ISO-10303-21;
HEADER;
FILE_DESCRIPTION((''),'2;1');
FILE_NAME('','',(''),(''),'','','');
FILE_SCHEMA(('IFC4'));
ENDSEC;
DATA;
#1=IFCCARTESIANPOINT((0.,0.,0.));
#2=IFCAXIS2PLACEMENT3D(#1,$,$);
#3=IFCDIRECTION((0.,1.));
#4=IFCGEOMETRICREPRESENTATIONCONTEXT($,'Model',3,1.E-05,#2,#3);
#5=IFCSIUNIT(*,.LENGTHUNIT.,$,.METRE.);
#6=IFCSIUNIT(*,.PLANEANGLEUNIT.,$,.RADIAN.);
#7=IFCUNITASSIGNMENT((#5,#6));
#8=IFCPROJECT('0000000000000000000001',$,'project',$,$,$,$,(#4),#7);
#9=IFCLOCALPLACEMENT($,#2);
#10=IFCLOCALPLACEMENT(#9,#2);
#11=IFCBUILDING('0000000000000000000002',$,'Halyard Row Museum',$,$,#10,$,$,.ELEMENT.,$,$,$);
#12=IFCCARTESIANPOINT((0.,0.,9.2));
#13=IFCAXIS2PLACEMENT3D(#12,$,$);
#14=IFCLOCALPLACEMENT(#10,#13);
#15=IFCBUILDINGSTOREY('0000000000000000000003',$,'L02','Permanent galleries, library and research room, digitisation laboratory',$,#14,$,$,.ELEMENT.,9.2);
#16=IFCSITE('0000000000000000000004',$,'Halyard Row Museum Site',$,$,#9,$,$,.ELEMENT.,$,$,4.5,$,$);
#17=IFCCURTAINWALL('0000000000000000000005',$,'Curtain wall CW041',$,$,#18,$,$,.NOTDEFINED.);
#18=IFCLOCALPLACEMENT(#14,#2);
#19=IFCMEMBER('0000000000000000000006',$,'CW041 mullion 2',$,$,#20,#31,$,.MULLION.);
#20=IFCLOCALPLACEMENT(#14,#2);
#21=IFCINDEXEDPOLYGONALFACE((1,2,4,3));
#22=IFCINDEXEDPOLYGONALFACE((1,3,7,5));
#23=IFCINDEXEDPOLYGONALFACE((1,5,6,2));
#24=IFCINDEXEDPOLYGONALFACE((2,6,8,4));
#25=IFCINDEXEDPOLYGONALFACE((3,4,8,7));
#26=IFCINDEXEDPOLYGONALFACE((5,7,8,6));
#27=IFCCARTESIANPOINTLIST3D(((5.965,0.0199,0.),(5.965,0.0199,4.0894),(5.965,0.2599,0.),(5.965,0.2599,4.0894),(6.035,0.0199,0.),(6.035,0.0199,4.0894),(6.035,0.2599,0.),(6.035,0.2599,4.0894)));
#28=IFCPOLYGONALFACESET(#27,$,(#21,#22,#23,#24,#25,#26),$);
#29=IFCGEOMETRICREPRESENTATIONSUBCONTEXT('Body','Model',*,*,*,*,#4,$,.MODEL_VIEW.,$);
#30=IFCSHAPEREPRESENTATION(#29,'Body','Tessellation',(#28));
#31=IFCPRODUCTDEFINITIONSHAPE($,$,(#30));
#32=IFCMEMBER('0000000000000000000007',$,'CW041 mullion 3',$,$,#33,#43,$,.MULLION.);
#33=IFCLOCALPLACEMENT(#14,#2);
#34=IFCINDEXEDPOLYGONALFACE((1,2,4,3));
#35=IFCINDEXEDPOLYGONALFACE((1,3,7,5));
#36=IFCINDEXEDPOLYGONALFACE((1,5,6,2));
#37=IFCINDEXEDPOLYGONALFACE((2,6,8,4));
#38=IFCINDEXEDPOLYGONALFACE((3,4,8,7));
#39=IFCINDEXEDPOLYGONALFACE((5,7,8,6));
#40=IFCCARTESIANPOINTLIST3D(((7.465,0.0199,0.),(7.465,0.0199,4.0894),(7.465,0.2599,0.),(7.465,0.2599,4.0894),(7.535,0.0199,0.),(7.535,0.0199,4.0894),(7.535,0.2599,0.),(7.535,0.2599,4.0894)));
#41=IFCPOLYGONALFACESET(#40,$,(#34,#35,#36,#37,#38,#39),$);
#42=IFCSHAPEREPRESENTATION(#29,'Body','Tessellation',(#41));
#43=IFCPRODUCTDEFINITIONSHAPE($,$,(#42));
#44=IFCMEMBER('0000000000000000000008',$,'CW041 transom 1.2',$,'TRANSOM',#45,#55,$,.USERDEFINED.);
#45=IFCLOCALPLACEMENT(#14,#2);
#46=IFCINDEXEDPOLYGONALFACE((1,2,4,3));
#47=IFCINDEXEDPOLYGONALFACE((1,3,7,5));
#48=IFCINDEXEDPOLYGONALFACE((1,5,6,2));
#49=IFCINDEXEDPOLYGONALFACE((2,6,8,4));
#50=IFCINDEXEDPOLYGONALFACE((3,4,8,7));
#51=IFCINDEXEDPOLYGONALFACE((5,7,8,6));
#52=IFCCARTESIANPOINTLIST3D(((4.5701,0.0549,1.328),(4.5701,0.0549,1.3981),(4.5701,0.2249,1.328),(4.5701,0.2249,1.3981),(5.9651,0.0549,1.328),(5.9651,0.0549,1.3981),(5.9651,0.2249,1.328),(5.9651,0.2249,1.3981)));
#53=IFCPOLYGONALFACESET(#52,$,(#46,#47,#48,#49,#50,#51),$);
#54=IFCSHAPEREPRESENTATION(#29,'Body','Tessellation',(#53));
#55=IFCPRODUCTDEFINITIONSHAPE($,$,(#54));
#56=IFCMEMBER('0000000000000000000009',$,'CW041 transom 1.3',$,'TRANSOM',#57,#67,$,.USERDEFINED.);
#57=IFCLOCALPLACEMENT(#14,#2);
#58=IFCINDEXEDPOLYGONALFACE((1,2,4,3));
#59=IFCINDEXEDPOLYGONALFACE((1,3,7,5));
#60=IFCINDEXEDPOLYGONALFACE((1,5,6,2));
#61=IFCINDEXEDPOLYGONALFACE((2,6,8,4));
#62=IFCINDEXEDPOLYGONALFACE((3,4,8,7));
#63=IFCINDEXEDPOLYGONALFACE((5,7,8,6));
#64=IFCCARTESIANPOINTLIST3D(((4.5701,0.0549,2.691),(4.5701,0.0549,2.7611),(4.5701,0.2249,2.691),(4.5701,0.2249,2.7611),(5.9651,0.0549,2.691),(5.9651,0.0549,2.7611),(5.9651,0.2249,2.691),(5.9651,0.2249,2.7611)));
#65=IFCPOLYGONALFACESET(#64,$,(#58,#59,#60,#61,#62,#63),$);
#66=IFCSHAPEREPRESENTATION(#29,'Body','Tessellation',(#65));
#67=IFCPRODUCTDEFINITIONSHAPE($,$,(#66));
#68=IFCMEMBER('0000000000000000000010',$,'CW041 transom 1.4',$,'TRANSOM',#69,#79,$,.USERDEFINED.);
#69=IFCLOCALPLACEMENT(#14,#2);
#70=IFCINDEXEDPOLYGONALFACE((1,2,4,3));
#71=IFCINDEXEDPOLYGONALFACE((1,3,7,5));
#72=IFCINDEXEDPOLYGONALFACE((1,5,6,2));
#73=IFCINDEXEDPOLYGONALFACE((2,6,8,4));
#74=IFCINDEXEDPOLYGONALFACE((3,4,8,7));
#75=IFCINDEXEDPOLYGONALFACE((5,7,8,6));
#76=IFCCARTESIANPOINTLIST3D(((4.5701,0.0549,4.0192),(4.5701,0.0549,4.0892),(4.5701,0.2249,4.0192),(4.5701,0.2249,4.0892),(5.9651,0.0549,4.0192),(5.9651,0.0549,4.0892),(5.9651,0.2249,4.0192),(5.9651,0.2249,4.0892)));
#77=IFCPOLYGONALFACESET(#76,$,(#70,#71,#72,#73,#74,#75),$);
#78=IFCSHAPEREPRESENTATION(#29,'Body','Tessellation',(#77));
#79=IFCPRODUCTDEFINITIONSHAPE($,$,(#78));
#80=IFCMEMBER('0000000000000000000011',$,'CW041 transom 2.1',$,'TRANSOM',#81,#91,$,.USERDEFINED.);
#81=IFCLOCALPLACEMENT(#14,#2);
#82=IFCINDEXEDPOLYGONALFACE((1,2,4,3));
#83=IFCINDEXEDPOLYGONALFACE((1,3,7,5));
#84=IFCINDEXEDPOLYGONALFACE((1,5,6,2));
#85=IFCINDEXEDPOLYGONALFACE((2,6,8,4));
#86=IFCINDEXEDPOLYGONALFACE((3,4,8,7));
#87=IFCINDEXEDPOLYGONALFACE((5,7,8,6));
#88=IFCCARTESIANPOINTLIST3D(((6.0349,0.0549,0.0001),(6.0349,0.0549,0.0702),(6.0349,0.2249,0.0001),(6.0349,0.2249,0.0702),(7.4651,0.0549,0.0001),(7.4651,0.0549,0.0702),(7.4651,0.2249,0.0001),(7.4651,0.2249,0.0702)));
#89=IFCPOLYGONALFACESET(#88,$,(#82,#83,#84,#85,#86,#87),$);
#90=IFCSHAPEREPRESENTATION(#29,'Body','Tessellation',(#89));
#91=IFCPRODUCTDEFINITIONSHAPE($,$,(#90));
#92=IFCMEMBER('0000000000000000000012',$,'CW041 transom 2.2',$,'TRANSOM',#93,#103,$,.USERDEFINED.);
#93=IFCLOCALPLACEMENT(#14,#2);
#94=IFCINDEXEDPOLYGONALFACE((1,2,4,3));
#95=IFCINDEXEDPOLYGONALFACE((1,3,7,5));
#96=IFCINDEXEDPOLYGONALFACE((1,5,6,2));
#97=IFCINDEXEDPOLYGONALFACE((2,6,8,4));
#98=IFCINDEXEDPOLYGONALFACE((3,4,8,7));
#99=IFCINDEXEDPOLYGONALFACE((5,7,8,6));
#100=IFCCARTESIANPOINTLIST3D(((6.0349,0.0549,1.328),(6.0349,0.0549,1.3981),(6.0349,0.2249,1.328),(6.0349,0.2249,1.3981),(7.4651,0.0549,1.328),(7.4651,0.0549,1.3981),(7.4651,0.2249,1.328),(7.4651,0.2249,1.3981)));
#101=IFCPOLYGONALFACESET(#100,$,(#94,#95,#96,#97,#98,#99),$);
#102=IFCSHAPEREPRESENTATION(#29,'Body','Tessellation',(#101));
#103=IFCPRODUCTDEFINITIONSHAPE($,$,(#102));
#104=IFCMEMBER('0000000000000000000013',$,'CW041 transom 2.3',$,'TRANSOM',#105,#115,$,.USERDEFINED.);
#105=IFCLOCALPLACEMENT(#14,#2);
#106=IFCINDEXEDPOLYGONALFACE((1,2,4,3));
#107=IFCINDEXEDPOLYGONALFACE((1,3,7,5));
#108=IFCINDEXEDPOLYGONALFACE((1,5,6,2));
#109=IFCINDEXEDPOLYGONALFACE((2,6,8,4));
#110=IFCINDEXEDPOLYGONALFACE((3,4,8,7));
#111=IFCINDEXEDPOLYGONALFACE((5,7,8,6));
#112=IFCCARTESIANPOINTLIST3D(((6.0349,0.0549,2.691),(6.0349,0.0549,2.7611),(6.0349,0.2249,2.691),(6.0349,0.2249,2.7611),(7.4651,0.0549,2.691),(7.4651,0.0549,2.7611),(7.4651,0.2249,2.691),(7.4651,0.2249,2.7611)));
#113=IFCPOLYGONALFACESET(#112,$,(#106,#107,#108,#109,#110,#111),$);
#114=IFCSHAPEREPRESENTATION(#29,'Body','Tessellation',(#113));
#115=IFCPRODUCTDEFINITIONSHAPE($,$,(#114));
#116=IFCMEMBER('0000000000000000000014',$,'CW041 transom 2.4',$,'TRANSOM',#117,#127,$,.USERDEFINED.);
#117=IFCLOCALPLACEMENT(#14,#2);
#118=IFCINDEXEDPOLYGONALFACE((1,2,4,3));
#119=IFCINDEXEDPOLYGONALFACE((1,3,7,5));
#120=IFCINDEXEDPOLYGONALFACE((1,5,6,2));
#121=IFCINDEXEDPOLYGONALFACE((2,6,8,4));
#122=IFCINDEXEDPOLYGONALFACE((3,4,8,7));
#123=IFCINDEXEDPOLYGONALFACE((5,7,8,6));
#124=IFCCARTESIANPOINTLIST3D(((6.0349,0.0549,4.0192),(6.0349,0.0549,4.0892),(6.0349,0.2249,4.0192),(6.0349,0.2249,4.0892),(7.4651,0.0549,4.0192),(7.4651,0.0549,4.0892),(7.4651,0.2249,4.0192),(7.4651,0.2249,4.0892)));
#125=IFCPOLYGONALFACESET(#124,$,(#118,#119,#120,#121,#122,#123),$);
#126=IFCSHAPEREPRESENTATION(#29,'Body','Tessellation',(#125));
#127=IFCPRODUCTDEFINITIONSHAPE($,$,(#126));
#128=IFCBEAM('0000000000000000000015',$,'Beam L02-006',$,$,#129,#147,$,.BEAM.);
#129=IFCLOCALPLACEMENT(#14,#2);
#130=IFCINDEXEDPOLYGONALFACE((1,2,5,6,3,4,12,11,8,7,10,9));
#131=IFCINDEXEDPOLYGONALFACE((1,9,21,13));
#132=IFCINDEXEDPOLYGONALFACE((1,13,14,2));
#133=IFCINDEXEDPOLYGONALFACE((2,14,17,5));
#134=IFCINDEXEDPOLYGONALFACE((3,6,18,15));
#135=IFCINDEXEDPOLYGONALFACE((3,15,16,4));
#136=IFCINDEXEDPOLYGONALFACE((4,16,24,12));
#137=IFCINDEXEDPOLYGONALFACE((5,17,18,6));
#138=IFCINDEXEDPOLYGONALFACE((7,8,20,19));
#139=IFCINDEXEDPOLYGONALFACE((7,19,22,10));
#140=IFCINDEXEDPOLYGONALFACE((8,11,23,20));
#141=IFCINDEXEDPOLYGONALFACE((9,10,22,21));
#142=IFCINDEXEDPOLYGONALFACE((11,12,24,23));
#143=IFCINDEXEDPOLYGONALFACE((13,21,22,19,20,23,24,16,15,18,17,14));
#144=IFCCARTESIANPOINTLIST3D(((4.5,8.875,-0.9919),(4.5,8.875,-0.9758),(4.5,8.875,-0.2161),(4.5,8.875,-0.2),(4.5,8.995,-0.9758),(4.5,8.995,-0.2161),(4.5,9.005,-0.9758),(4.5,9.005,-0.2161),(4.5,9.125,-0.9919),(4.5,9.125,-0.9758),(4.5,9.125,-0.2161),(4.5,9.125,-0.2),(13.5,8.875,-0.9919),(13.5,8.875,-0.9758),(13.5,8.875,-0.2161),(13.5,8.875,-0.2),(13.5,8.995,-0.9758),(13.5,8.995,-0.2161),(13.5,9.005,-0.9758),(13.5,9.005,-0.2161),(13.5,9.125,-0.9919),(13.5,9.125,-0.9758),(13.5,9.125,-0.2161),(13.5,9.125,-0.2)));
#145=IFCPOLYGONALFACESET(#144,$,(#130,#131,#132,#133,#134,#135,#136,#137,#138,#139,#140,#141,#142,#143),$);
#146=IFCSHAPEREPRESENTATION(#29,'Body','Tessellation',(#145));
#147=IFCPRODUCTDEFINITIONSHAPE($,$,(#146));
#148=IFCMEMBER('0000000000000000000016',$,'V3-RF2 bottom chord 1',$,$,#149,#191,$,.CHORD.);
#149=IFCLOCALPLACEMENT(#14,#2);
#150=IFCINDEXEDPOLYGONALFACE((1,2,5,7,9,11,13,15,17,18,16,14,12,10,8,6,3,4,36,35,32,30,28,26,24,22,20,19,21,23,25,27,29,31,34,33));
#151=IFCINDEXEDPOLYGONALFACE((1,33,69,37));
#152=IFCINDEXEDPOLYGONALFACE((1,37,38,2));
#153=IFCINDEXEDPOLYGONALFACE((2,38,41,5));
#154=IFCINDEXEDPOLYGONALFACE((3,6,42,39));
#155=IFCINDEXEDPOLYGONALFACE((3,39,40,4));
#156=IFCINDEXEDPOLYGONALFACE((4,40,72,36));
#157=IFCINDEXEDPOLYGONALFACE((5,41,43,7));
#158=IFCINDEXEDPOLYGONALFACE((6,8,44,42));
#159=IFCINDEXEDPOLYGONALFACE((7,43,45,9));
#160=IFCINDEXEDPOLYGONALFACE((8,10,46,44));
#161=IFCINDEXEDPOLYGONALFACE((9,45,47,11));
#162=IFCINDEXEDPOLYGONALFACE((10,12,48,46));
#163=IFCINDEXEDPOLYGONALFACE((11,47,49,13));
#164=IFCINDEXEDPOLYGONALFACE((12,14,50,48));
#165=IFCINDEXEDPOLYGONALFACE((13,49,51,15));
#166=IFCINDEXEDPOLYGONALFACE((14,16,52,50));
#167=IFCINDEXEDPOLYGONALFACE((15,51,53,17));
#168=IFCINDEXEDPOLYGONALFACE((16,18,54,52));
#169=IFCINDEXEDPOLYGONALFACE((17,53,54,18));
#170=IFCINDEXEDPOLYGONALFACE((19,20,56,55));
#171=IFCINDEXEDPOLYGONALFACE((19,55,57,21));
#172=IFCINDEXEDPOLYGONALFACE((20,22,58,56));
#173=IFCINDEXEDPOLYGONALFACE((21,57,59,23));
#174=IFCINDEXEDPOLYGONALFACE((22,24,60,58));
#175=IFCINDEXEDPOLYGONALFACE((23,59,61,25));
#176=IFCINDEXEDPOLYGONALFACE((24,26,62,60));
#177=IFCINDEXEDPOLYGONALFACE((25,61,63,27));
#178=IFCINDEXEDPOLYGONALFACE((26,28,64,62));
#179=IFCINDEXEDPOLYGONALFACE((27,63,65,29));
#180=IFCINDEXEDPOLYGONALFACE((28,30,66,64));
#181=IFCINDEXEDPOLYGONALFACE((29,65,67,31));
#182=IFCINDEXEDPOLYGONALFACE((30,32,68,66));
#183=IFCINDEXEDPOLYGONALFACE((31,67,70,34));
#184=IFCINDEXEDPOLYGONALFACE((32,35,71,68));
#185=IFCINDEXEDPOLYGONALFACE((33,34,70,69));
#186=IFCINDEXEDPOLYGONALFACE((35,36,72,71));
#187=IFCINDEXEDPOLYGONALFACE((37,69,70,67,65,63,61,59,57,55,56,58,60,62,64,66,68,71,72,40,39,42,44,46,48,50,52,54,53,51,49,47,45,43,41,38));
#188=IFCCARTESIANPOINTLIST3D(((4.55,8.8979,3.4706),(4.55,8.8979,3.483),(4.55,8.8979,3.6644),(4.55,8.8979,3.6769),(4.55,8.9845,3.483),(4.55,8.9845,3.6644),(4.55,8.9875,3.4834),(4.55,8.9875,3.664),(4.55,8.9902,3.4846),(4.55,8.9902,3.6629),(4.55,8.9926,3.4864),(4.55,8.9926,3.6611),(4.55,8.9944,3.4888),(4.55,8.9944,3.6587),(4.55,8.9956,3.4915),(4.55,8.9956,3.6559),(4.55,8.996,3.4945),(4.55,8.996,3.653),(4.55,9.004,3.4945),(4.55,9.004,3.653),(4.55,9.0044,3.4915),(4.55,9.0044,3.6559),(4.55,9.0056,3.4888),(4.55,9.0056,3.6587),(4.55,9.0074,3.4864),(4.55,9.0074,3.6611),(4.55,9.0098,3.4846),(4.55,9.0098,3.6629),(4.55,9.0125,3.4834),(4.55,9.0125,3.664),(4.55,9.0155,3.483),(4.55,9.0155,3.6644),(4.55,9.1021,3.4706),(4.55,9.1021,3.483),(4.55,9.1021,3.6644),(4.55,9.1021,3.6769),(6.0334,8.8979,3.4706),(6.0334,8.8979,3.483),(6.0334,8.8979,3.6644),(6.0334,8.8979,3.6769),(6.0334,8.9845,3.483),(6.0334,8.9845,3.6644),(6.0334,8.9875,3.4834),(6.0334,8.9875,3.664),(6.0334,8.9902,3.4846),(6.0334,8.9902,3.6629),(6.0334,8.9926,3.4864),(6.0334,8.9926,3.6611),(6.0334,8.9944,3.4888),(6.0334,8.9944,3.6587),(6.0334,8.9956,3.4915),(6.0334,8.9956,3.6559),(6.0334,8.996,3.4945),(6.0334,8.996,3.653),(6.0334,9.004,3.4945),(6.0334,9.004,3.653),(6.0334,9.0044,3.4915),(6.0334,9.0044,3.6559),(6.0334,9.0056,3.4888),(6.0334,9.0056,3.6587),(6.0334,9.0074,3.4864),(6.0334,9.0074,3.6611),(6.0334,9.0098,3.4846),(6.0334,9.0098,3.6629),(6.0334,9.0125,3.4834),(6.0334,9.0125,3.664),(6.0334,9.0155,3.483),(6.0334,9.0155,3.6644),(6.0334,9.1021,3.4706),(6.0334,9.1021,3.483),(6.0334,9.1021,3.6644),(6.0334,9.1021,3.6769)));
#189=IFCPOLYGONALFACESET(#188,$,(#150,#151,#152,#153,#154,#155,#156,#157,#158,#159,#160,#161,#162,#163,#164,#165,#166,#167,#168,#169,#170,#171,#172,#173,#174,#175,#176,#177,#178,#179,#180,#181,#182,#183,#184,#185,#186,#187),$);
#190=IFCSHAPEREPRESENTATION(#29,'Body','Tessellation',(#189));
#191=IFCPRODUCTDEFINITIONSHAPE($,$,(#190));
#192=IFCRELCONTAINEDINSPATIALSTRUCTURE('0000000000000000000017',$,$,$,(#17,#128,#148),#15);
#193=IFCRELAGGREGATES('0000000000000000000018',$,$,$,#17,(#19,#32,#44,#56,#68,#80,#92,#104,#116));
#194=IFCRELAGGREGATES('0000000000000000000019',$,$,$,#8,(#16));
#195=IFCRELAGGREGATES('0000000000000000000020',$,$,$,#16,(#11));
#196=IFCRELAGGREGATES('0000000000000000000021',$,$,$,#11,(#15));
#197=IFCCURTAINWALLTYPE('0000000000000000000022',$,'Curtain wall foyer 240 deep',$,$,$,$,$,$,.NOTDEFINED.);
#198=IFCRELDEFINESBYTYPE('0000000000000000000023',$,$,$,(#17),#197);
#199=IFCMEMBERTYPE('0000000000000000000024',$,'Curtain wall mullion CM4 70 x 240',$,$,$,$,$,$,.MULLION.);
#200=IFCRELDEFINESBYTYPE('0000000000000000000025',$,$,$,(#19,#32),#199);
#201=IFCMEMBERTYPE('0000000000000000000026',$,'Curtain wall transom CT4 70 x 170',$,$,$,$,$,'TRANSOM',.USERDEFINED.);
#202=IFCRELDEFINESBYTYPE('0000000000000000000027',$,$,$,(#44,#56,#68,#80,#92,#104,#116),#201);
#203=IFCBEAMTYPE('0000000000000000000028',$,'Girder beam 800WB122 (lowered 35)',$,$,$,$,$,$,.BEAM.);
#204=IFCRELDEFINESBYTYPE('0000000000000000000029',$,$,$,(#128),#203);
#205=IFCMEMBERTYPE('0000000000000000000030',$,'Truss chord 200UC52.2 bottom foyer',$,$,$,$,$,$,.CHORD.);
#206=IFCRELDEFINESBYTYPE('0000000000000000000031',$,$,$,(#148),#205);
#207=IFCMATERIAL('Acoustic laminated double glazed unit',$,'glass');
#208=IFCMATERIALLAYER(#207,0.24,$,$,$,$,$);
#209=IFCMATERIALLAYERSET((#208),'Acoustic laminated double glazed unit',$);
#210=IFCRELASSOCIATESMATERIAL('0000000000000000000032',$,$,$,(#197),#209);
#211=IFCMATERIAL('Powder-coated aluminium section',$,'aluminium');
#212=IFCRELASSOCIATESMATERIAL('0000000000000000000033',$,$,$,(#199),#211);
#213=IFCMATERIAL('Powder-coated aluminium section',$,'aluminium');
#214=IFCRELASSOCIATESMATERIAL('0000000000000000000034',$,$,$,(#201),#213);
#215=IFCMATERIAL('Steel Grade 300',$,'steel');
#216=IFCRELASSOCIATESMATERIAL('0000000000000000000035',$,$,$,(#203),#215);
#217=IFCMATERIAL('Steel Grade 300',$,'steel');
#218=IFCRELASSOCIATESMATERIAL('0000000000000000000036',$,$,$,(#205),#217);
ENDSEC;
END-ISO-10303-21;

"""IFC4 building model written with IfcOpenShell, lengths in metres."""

from ifc_helpers import new_model, si_unit, direction, frame, origin, origin_2d, place, context, subcontext, project, spatial, rectangle, i_section, extrude, material, layer, layer_set, material_profile, profile_set, type_object, element, aggregate, save


model = new_model("IFC4")

# Units and contexts
model_context = context("Model", 3, precision=1e-05, world=origin(), true_north=direction((0.0, 1.0)))
body_context = subcontext(model_context, "Body", "Model", "MODEL_VIEW")
ifc_project = project(units=[si_unit("LENGTHUNIT", "METRE"), si_unit("PLANEANGLEUNIT", "RADIAN")], contexts=[model_context])

# Site, building, storey
site_placement = place(None, origin())
site = spatial("IfcSite", under=ifc_project, at=site_placement, Name="Halyard Row Museum Site", CompositionType="ELEMENT", RefElevation=4.5)
building_placement = place(site_placement, origin())
building = spatial("IfcBuilding", under=site, at=building_placement, Name="Halyard Row Museum", CompositionType="ELEMENT")
storey_placement = place(building_placement, frame((0.0, 0.0, 9.2)))
storey = spatial("IfcBuildingStorey", under=building, at=storey_placement, Name="L02", Description="Permanent galleries, library and research room, digitisation laboratory", CompositionType="ELEMENT", Elevation=9.2)

# Curtain wall, members
ifc_material_1 = material(Name="Acoustic laminated double glazed unit", Category="glass")
ifc_layer_1 = layer(ifc_material_1, 0.24)
ifc_layer_set_1 = layer_set([ifc_layer_1], Name="Acoustic laminated double glazed unit")
curtain_wall_type = type_object("IfcCurtainWallType", Name="Curtain wall foyer 240 deep", PredefinedType="NOTDEFINED", material=ifc_layer_set_1)
curtain_wall_placement = place(storey_placement, origin())
curtain_wall = element("IfcCurtainWall", 1, at=curtain_wall_placement, inside=storey, type_object=curtain_wall_type, Name="Curtain wall CW041", PredefinedType="NOTDEFINED")
ifc_material_2 = material(Name="Powder-coated aluminium section", Category="aluminium")
ifc_material_profile_1 = material_profile(ifc_material_2, rectangle(XDim=0.24, YDim=0.0701, at=origin_2d()), Name="240x70 mullion")
ifc_profile_set_1 = profile_set([ifc_material_profile_1], Name="Powder-coated aluminium section")
member_type_1 = type_object("IfcMemberType", Name="Curtain wall mullion CM4 70 x 240", PredefinedType="MULLION", material=ifc_profile_set_1)
member_1_placement = place(storey_placement, frame((6.0, 0.1399, 0.0), z_axis=(0.0, 0.0, 1.0), x_axis=(0.0, 1.0, 0.0)))
member_1 = element("IfcMember", 2, at=member_1_placement, type_object=member_type_1, Name="CW041 mullion 2", PredefinedType="MULLION", context=body_context, shape_type="SweptSolid", body=[
    extrude(rectangle(XDim=0.24, YDim=0.0701, at=origin_2d()), origin(), (0.0, 0.0, 1.0), 4.0894),
])
member_2_placement = place(storey_placement, frame((7.5, 0.1399, 0.0), z_axis=(0.0, 0.0, 1.0), x_axis=(0.0, 1.0, 0.0)))
member_2 = element("IfcMember", 3, at=member_2_placement, type_object=member_type_1, Name="CW041 mullion 3", PredefinedType="MULLION", context=body_context, shape_type="SweptSolid", body=[
    extrude(rectangle(XDim=0.24, YDim=0.0701, at=origin_2d()), origin(), (0.0, 0.0, 1.0), 4.0894),
])
ifc_material_3 = material(Name="Powder-coated aluminium section", Category="aluminium")
ifc_material_profile_2 = material_profile(ifc_material_3, rectangle(XDim=0.1699, YDim=0.0701, at=origin_2d()), Name="170x70 transom")
ifc_profile_set_2 = profile_set([ifc_material_profile_2], Name="Powder-coated aluminium section")
member_type_2 = type_object("IfcMemberType", Name="Curtain wall transom CT4 70 x 170", ElementType="TRANSOM", PredefinedType="USERDEFINED", material=ifc_profile_set_2)
member_3_placement = place(storey_placement, frame((4.5701, 0.1399, 1.363), z_axis=(1.0, 0.0, 0.0), x_axis=(0.0, 1.0, 0.0)))
member_3 = element("IfcMember", 4, at=member_3_placement, type_object=member_type_2, Name="CW041 transom 1.2", ObjectType="TRANSOM", PredefinedType="USERDEFINED", context=body_context, shape_type="SweptSolid", body=[
    extrude(rectangle(XDim=0.1699, YDim=0.0701, at=origin_2d()), origin(), (0.0, 0.0, 1.0), 1.395),
])
member_4_placement = place(storey_placement, frame((4.5701, 0.1399, 2.7261), z_axis=(1.0, 0.0, 0.0), x_axis=(0.0, 1.0, 0.0)))
member_4 = element("IfcMember", 5, at=member_4_placement, type_object=member_type_2, Name="CW041 transom 1.3", ObjectType="TRANSOM", PredefinedType="USERDEFINED", context=body_context, shape_type="SweptSolid", body=[
    extrude(rectangle(XDim=0.1699, YDim=0.0701, at=origin_2d()), origin(), (0.0, 0.0, 1.0), 1.395),
])
member_5_placement = place(storey_placement, frame((4.5701, 0.1399, 4.0542), z_axis=(1.0, 0.0, 0.0), x_axis=(0.0, 1.0, 0.0)))
member_5 = element("IfcMember", 6, at=member_5_placement, type_object=member_type_2, Name="CW041 transom 1.4", ObjectType="TRANSOM", PredefinedType="USERDEFINED", context=body_context, shape_type="SweptSolid", body=[
    extrude(rectangle(XDim=0.1699, YDim=0.0701, at=origin_2d()), origin(), (0.0, 0.0, 1.0), 1.395),
])
member_6_placement = place(storey_placement, frame((6.0349, 0.1399, 0.0352), z_axis=(1.0, 0.0, 0.0), x_axis=(0.0, 1.0, 0.0)))
member_6 = element("IfcMember", 7, at=member_6_placement, type_object=member_type_2, Name="CW041 transom 2.1", ObjectType="TRANSOM", PredefinedType="USERDEFINED", context=body_context, shape_type="SweptSolid", body=[
    extrude(rectangle(XDim=0.1699, YDim=0.0701, at=origin_2d()), origin(), (0.0, 0.0, 1.0), 1.4302),
])
member_7_placement = place(storey_placement, frame((6.0349, 0.1399, 1.363), z_axis=(1.0, 0.0, 0.0), x_axis=(0.0, 1.0, 0.0)))
member_7 = element("IfcMember", 8, at=member_7_placement, type_object=member_type_2, Name="CW041 transom 2.2", ObjectType="TRANSOM", PredefinedType="USERDEFINED", context=body_context, shape_type="SweptSolid", body=[
    extrude(rectangle(XDim=0.1699, YDim=0.0701, at=origin_2d()), origin(), (0.0, 0.0, 1.0), 1.4302),
])
member_8_placement = place(storey_placement, frame((6.0349, 0.1399, 2.7261), z_axis=(1.0, 0.0, 0.0), x_axis=(0.0, 1.0, 0.0)))
member_8 = element("IfcMember", 9, at=member_8_placement, type_object=member_type_2, Name="CW041 transom 2.3", ObjectType="TRANSOM", PredefinedType="USERDEFINED", context=body_context, shape_type="SweptSolid", body=[
    extrude(rectangle(XDim=0.1699, YDim=0.0701, at=origin_2d()), origin(), (0.0, 0.0, 1.0), 1.4302),
])
member_9_placement = place(storey_placement, frame((6.0349, 0.1399, 4.0542), z_axis=(1.0, 0.0, 0.0), x_axis=(0.0, 1.0, 0.0)))
member_9 = element("IfcMember", 10, at=member_9_placement, type_object=member_type_2, Name="CW041 transom 2.4", ObjectType="TRANSOM", PredefinedType="USERDEFINED", context=body_context, shape_type="SweptSolid", body=[
    extrude(rectangle(XDim=0.1699, YDim=0.0701, at=origin_2d()), origin(), (0.0, 0.0, 1.0), 1.4302),
])

# Beam
ifc_material_4 = material(Name="Steel Grade 300", Category="steel")
ifc_material_profile_3 = material_profile(ifc_material_4, i_section(OverallWidth=0.25, OverallDepth=0.792, WebThickness=0.01, FlangeThickness=0.0161, at=origin_2d()), Name="800WB122")
ifc_profile_set_3 = profile_set([ifc_material_profile_3], Name="Steel Grade 300")
beam_type = type_object("IfcBeamType", Name="Girder beam 800WB122 (lowered 35)", PredefinedType="BEAM", material=ifc_profile_set_3)
beam_placement = place(storey_placement, frame((4.5, 9.0, -0.5959), z_axis=(1.0, 0.0, 0.0), x_axis=(0.0, 1.0, 0.0)))
element("IfcBeam", 11, at=beam_placement, inside=storey, type_object=beam_type, Name="Beam L02-006", PredefinedType="BEAM", context=body_context, shape_type="SweptSolid", body=[
    extrude(i_section(OverallWidth=0.25, OverallDepth=0.792, WebThickness=0.01, FlangeThickness=0.0161, at=origin_2d()), origin(), (0.0, 0.0, 1.0), 9.0),
])

# Member
ifc_material_5 = material(Name="Steel Grade 300", Category="steel")
ifc_material_profile_4 = material_profile(ifc_material_5, i_section(OverallWidth=0.2041, OverallDepth=0.2063, WebThickness=0.0081, FlangeThickness=0.0125, FilletRadius=0.0115, at=origin_2d()), Name="200UC52.2")
ifc_profile_set_4 = profile_set([ifc_material_profile_4], Name="Steel Grade 300")
member_type_3 = type_object("IfcMemberType", Name="Truss chord 200UC52.2 bottom foyer", PredefinedType="CHORD", material=ifc_profile_set_4)
member_10_placement = place(storey_placement, frame((4.55, 9.0, 3.5737), z_axis=(1.0, 0.0, 0.0), x_axis=(0.0, 1.0, 0.0)))
element("IfcMember", 12, at=member_10_placement, inside=storey, type_object=member_type_3, Name="V3-RF2 bottom chord 1", PredefinedType="CHORD", context=body_context, shape_type="SweptSolid", body=[
    extrude(i_section(OverallWidth=0.2041, OverallDepth=0.2063, WebThickness=0.0081, FlangeThickness=0.0125, FilletRadius=0.0115, at=origin_2d()), origin(), (0.0, 0.0, 1.0), 1.4834),
])

aggregate(curtain_wall, [member_1, member_2, member_3, member_4, member_5, member_6, member_7, member_8, member_9])

save(model, "model.ifc")
